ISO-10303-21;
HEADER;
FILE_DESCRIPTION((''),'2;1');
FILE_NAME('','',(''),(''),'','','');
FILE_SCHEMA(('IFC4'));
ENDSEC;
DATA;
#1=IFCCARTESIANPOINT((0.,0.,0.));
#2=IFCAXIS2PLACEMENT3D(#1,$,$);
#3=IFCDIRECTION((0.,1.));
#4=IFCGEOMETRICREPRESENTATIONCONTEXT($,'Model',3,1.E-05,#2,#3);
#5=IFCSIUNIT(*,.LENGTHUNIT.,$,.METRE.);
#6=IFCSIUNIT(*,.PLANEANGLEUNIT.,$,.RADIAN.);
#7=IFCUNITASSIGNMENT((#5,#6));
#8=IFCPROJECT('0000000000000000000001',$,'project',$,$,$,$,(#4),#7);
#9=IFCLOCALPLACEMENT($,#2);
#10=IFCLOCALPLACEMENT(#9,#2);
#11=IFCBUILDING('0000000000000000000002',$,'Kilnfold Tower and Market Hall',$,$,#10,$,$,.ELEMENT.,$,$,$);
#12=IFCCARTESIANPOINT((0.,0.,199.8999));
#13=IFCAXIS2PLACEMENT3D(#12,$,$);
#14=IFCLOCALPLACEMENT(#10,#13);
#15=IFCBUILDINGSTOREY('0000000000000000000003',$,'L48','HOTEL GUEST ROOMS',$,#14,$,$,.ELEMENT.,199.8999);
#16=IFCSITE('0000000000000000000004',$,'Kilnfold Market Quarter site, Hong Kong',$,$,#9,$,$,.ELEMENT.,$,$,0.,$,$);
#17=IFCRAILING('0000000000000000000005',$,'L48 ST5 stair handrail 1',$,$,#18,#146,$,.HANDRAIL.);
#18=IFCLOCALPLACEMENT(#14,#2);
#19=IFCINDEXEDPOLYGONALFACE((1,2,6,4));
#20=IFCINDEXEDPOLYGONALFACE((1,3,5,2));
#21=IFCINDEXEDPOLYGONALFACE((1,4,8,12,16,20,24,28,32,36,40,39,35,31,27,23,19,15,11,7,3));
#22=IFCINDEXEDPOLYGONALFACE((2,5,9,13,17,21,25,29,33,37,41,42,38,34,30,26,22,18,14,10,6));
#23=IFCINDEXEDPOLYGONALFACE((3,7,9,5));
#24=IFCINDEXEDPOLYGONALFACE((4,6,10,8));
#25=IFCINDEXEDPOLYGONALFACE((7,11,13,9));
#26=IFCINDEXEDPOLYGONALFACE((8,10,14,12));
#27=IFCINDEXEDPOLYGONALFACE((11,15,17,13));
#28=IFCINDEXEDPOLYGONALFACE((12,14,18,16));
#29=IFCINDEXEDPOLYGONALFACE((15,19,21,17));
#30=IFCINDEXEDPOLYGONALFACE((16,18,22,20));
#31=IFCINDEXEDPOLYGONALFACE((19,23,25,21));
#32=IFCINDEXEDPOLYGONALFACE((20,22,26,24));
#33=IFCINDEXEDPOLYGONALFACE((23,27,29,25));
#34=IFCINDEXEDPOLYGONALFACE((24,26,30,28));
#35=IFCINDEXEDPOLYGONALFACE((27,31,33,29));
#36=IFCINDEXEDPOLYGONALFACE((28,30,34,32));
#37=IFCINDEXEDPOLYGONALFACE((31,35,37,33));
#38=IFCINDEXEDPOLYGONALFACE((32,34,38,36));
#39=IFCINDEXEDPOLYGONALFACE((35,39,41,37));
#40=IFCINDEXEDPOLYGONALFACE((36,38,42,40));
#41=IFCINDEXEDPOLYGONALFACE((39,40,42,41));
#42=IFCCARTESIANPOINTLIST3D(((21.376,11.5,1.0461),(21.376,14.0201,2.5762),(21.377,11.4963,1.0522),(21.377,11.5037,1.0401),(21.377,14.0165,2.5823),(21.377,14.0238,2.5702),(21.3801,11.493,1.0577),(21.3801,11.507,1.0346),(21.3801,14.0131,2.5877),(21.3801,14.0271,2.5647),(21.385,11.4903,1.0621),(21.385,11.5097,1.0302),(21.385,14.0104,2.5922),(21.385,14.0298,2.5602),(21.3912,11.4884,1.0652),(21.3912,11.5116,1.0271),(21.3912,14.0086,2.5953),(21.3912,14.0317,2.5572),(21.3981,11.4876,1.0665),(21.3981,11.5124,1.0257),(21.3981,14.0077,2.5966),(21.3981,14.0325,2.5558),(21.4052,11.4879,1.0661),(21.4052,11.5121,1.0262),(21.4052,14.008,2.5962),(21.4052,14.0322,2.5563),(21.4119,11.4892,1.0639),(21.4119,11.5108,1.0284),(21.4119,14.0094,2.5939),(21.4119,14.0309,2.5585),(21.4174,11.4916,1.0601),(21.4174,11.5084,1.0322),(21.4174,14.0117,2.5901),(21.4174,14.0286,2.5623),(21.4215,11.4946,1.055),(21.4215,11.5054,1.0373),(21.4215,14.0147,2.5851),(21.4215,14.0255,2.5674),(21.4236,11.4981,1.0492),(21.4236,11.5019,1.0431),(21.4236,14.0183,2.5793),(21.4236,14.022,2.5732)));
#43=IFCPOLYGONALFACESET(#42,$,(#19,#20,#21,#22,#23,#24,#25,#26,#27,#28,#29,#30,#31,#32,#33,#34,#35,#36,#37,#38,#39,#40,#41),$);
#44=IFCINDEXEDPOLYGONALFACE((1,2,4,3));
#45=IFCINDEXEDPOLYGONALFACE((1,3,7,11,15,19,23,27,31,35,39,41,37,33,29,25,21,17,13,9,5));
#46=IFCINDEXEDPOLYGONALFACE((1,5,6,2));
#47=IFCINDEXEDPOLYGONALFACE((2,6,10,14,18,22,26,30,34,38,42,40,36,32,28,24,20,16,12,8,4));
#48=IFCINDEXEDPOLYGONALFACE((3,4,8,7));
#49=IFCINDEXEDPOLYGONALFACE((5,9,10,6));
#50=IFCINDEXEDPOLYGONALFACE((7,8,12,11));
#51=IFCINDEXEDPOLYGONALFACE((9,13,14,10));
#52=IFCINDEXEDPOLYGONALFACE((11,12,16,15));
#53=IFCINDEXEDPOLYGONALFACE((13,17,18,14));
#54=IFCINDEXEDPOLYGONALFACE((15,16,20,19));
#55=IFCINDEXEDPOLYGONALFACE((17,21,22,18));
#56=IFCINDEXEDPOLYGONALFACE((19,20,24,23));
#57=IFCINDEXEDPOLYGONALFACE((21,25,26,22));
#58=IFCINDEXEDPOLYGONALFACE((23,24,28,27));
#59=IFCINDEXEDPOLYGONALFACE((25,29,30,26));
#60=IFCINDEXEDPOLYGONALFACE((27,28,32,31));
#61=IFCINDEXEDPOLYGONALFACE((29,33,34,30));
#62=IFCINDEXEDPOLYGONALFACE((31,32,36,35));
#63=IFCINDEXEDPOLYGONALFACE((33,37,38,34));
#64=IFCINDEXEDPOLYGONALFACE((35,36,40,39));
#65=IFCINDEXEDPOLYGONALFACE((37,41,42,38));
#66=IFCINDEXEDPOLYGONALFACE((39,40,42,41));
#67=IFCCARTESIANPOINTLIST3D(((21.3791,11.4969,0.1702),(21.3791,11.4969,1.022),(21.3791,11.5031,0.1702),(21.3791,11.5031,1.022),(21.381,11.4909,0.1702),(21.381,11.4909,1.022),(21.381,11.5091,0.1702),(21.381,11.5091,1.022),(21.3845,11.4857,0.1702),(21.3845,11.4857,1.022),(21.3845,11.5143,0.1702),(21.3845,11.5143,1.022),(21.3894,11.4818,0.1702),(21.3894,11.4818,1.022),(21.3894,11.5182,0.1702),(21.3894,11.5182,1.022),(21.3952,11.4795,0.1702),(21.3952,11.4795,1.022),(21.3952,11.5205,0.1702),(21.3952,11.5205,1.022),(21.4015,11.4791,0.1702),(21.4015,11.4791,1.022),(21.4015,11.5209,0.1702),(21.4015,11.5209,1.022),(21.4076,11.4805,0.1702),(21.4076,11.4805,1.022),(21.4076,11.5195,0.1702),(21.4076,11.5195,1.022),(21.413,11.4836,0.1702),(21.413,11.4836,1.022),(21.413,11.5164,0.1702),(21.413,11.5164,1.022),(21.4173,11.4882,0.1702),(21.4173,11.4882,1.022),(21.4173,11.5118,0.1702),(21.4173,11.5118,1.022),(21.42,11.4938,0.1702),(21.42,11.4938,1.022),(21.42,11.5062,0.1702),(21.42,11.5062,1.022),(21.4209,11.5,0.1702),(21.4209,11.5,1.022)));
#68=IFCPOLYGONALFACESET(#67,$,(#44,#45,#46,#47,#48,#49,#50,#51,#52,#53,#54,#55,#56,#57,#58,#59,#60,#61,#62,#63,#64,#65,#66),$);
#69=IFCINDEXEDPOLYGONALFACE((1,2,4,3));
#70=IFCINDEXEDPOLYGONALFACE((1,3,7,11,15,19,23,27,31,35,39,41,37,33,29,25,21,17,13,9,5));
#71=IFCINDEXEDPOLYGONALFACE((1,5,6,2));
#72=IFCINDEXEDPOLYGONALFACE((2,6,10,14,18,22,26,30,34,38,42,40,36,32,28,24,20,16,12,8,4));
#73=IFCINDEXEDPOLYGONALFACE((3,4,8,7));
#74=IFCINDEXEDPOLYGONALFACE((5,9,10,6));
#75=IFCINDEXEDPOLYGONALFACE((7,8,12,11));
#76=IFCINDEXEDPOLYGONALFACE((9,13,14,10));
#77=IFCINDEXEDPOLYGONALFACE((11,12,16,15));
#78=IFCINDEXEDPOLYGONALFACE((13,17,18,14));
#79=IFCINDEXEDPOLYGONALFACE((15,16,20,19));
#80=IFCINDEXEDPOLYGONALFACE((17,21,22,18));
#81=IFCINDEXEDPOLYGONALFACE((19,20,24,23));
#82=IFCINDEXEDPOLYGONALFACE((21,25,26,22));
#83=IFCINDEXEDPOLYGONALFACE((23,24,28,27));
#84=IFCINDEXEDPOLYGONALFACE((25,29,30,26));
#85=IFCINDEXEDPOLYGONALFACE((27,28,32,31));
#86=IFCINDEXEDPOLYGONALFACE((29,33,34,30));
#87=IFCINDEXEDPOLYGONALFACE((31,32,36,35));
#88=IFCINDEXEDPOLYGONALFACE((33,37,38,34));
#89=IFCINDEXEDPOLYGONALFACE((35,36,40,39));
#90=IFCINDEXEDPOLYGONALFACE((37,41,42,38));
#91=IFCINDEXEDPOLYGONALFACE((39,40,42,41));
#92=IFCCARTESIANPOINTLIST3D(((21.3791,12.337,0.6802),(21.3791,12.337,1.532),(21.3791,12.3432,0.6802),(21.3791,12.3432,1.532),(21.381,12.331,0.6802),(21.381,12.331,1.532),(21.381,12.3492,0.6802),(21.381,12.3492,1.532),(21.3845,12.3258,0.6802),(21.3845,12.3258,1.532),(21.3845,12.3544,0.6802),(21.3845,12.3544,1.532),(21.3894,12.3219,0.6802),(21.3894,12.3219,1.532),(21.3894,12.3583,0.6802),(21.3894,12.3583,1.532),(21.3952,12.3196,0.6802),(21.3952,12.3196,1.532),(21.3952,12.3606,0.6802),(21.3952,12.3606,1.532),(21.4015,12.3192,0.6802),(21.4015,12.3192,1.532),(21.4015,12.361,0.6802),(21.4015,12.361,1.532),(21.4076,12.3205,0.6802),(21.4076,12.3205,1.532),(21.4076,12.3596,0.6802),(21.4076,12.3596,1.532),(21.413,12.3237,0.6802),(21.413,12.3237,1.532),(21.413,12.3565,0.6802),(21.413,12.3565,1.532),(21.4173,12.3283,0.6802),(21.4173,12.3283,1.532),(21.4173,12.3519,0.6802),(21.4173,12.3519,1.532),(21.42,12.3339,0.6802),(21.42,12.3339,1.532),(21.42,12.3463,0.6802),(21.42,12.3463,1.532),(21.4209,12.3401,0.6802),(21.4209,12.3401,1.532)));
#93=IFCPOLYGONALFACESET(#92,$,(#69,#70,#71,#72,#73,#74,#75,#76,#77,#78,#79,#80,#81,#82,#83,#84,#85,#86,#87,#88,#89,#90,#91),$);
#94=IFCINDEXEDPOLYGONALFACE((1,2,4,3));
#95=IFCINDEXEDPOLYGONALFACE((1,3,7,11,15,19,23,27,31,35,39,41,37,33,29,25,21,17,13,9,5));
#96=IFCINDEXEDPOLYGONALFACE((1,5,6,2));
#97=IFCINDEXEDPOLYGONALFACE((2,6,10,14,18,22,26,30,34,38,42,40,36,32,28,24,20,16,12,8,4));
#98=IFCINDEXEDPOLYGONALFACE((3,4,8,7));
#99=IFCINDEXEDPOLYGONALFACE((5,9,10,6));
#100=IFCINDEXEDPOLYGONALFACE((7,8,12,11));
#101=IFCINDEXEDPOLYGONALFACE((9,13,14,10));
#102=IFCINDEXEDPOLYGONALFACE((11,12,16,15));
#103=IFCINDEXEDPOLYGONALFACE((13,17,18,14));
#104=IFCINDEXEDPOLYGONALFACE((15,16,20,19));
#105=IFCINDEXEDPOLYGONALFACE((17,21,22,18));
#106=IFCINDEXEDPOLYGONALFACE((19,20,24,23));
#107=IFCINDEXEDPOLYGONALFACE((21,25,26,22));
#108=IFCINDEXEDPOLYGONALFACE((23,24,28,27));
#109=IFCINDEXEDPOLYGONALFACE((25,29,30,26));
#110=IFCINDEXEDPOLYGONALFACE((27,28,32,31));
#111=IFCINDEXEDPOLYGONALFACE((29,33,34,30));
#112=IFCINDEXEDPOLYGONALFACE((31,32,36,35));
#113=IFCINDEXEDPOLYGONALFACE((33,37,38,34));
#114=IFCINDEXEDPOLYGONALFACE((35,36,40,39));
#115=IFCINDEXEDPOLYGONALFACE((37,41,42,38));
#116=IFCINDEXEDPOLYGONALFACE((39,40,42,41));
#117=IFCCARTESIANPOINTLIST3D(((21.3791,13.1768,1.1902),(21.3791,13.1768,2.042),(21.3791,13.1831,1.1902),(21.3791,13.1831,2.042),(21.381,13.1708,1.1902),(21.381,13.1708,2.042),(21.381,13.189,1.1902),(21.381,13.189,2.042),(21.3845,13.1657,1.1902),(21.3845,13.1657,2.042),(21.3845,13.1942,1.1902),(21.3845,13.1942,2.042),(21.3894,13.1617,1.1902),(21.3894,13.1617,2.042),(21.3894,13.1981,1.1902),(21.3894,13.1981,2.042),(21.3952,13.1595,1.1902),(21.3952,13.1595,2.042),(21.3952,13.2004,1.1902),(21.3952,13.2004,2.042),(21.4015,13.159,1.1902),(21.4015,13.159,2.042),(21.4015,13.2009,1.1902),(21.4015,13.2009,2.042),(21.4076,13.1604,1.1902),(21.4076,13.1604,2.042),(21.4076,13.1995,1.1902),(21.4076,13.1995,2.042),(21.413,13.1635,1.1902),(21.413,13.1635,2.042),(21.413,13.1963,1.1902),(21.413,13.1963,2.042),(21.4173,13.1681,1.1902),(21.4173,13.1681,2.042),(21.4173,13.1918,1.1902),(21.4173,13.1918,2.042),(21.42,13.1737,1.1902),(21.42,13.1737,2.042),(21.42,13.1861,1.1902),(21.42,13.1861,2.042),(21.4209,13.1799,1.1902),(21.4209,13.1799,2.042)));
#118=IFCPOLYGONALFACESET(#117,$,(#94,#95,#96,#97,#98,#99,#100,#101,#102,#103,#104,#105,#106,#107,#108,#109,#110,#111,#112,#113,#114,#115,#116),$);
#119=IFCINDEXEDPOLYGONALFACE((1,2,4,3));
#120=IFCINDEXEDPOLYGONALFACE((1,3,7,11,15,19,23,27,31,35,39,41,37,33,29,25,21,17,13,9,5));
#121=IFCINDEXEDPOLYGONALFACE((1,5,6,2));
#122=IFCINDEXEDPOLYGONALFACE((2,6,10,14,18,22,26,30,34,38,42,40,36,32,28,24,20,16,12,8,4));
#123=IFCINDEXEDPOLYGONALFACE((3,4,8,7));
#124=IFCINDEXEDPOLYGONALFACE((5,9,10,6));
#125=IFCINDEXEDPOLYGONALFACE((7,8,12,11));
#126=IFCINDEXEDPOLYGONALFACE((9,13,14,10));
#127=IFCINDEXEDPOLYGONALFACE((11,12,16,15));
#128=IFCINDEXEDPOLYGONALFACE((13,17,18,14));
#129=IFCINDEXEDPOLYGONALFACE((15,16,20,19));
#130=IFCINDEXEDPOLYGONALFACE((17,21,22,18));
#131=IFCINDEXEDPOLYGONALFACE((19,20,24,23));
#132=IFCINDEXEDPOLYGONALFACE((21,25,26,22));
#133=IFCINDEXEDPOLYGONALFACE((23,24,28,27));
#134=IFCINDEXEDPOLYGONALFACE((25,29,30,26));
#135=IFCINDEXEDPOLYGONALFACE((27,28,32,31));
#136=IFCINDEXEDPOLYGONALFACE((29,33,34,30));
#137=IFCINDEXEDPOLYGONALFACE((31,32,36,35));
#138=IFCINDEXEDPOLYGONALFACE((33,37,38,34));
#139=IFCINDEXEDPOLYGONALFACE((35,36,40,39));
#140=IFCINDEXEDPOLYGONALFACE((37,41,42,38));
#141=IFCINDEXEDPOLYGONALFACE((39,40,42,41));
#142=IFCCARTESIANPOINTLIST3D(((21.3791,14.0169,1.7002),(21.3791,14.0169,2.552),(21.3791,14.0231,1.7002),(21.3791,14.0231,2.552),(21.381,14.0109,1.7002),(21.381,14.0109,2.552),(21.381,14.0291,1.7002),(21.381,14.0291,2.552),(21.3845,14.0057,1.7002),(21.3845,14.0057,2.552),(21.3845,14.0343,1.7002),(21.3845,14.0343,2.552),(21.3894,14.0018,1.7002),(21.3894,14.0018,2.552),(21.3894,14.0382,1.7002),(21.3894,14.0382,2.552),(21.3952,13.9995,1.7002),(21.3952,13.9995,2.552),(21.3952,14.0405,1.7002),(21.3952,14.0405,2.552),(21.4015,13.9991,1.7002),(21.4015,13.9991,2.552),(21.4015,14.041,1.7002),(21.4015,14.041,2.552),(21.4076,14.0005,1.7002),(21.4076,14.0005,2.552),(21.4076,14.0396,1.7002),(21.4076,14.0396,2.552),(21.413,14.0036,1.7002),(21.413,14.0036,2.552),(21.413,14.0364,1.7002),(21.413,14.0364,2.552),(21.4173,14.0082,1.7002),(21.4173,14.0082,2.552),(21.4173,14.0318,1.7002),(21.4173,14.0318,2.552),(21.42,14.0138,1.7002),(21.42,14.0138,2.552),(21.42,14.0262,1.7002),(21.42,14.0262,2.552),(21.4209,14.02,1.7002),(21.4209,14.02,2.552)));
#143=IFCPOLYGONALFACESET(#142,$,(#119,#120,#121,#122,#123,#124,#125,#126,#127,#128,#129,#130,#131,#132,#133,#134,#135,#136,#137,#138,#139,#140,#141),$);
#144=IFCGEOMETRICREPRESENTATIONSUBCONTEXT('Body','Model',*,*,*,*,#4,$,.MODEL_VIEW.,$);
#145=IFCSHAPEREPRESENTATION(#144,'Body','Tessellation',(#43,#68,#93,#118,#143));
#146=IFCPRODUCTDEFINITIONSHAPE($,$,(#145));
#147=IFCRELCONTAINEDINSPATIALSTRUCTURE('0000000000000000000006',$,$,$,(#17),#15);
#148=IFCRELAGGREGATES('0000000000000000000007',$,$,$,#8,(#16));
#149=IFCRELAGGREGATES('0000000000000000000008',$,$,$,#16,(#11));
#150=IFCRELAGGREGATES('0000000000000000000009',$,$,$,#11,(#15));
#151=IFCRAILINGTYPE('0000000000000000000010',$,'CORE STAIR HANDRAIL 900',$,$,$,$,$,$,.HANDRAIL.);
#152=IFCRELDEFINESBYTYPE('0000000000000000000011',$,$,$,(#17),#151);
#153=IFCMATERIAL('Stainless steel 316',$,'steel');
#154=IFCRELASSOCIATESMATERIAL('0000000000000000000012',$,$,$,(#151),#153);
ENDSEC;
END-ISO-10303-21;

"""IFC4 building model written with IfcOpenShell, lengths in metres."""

from ifc_helpers import new_model, si_unit, direction, frame, origin, origin_2d, place, context, subcontext, project, spatial, circle, extrude, material, type_object, element, save


model = new_model("IFC4")

# Units and contexts
model_context = context("Model", 3, precision=1e-05, world=origin(), true_north=direction((0.0, 1.0)))
body_context = subcontext(model_context, "Body", "Model", "MODEL_VIEW")
ifc_project = project(units=[si_unit("LENGTHUNIT", "METRE"), si_unit("PLANEANGLEUNIT", "RADIAN")], contexts=[model_context])

# Site, building, storey
site_placement = place(None, origin())
site = spatial("IfcSite", under=ifc_project, at=site_placement, Name="Kilnfold Market Quarter site, Hong Kong", CompositionType="ELEMENT", RefElevation=0.0)
building_placement = place(site_placement, origin())
building = spatial("IfcBuilding", under=site, at=building_placement, Name="Kilnfold Tower and Market Hall", CompositionType="ELEMENT")
storey_placement = place(building_placement, frame((0.0, 0.0, 199.8999)))
storey = spatial("IfcBuildingStorey", under=building, at=storey_placement, Name="L48", Description="HOTEL GUEST ROOMS", CompositionType="ELEMENT", Elevation=199.8999)

# Railing
ifc_material_1 = material(Name="Stainless steel 316", Category="steel")
railing_type_1 = type_object("IfcRailingType", Name="CORE STAIR HANDRAIL 900", PredefinedType="HANDRAIL", material=ifc_material_1)
railing_1_placement = place(storey_placement, frame((21.3999, 11.5, 0.1702)))
element("IfcRailing", 1, at=railing_1_placement, inside=storey, type_object=railing_type_1, Name="L48 ST5 stair handrail 1", PredefinedType="HANDRAIL", context=body_context, shape_type="SweptSolid", body=[
    extrude(circle(Radius=0.0239, at=origin_2d()), frame((0.0, 0.0, 0.876), z_axis=(0.0, 0.854785, 0.518982), x_axis=(-1.0, 0.0, 0.0)), (0.0, 0.0, 1.0), 2.9482),
    extrude(circle(Radius=0.021, at=origin_2d()), origin(), (0.0, 0.0, 1.0), 0.8518),
    extrude(circle(Radius=0.021, at=origin_2d()), frame((0.0, 0.8401, 0.51)), (0.0, 0.0, 1.0), 0.8518),
    extrude(circle(Radius=0.021, at=origin_2d()), frame((0.0, 1.6799, 1.02)), (0.0, 0.0, 1.0), 0.8518),
    extrude(circle(Radius=0.021, at=origin_2d()), frame((0.0, 2.52, 1.53)), (0.0, 0.0, 1.0), 0.8518),
])

save(model, "model.ifc")
